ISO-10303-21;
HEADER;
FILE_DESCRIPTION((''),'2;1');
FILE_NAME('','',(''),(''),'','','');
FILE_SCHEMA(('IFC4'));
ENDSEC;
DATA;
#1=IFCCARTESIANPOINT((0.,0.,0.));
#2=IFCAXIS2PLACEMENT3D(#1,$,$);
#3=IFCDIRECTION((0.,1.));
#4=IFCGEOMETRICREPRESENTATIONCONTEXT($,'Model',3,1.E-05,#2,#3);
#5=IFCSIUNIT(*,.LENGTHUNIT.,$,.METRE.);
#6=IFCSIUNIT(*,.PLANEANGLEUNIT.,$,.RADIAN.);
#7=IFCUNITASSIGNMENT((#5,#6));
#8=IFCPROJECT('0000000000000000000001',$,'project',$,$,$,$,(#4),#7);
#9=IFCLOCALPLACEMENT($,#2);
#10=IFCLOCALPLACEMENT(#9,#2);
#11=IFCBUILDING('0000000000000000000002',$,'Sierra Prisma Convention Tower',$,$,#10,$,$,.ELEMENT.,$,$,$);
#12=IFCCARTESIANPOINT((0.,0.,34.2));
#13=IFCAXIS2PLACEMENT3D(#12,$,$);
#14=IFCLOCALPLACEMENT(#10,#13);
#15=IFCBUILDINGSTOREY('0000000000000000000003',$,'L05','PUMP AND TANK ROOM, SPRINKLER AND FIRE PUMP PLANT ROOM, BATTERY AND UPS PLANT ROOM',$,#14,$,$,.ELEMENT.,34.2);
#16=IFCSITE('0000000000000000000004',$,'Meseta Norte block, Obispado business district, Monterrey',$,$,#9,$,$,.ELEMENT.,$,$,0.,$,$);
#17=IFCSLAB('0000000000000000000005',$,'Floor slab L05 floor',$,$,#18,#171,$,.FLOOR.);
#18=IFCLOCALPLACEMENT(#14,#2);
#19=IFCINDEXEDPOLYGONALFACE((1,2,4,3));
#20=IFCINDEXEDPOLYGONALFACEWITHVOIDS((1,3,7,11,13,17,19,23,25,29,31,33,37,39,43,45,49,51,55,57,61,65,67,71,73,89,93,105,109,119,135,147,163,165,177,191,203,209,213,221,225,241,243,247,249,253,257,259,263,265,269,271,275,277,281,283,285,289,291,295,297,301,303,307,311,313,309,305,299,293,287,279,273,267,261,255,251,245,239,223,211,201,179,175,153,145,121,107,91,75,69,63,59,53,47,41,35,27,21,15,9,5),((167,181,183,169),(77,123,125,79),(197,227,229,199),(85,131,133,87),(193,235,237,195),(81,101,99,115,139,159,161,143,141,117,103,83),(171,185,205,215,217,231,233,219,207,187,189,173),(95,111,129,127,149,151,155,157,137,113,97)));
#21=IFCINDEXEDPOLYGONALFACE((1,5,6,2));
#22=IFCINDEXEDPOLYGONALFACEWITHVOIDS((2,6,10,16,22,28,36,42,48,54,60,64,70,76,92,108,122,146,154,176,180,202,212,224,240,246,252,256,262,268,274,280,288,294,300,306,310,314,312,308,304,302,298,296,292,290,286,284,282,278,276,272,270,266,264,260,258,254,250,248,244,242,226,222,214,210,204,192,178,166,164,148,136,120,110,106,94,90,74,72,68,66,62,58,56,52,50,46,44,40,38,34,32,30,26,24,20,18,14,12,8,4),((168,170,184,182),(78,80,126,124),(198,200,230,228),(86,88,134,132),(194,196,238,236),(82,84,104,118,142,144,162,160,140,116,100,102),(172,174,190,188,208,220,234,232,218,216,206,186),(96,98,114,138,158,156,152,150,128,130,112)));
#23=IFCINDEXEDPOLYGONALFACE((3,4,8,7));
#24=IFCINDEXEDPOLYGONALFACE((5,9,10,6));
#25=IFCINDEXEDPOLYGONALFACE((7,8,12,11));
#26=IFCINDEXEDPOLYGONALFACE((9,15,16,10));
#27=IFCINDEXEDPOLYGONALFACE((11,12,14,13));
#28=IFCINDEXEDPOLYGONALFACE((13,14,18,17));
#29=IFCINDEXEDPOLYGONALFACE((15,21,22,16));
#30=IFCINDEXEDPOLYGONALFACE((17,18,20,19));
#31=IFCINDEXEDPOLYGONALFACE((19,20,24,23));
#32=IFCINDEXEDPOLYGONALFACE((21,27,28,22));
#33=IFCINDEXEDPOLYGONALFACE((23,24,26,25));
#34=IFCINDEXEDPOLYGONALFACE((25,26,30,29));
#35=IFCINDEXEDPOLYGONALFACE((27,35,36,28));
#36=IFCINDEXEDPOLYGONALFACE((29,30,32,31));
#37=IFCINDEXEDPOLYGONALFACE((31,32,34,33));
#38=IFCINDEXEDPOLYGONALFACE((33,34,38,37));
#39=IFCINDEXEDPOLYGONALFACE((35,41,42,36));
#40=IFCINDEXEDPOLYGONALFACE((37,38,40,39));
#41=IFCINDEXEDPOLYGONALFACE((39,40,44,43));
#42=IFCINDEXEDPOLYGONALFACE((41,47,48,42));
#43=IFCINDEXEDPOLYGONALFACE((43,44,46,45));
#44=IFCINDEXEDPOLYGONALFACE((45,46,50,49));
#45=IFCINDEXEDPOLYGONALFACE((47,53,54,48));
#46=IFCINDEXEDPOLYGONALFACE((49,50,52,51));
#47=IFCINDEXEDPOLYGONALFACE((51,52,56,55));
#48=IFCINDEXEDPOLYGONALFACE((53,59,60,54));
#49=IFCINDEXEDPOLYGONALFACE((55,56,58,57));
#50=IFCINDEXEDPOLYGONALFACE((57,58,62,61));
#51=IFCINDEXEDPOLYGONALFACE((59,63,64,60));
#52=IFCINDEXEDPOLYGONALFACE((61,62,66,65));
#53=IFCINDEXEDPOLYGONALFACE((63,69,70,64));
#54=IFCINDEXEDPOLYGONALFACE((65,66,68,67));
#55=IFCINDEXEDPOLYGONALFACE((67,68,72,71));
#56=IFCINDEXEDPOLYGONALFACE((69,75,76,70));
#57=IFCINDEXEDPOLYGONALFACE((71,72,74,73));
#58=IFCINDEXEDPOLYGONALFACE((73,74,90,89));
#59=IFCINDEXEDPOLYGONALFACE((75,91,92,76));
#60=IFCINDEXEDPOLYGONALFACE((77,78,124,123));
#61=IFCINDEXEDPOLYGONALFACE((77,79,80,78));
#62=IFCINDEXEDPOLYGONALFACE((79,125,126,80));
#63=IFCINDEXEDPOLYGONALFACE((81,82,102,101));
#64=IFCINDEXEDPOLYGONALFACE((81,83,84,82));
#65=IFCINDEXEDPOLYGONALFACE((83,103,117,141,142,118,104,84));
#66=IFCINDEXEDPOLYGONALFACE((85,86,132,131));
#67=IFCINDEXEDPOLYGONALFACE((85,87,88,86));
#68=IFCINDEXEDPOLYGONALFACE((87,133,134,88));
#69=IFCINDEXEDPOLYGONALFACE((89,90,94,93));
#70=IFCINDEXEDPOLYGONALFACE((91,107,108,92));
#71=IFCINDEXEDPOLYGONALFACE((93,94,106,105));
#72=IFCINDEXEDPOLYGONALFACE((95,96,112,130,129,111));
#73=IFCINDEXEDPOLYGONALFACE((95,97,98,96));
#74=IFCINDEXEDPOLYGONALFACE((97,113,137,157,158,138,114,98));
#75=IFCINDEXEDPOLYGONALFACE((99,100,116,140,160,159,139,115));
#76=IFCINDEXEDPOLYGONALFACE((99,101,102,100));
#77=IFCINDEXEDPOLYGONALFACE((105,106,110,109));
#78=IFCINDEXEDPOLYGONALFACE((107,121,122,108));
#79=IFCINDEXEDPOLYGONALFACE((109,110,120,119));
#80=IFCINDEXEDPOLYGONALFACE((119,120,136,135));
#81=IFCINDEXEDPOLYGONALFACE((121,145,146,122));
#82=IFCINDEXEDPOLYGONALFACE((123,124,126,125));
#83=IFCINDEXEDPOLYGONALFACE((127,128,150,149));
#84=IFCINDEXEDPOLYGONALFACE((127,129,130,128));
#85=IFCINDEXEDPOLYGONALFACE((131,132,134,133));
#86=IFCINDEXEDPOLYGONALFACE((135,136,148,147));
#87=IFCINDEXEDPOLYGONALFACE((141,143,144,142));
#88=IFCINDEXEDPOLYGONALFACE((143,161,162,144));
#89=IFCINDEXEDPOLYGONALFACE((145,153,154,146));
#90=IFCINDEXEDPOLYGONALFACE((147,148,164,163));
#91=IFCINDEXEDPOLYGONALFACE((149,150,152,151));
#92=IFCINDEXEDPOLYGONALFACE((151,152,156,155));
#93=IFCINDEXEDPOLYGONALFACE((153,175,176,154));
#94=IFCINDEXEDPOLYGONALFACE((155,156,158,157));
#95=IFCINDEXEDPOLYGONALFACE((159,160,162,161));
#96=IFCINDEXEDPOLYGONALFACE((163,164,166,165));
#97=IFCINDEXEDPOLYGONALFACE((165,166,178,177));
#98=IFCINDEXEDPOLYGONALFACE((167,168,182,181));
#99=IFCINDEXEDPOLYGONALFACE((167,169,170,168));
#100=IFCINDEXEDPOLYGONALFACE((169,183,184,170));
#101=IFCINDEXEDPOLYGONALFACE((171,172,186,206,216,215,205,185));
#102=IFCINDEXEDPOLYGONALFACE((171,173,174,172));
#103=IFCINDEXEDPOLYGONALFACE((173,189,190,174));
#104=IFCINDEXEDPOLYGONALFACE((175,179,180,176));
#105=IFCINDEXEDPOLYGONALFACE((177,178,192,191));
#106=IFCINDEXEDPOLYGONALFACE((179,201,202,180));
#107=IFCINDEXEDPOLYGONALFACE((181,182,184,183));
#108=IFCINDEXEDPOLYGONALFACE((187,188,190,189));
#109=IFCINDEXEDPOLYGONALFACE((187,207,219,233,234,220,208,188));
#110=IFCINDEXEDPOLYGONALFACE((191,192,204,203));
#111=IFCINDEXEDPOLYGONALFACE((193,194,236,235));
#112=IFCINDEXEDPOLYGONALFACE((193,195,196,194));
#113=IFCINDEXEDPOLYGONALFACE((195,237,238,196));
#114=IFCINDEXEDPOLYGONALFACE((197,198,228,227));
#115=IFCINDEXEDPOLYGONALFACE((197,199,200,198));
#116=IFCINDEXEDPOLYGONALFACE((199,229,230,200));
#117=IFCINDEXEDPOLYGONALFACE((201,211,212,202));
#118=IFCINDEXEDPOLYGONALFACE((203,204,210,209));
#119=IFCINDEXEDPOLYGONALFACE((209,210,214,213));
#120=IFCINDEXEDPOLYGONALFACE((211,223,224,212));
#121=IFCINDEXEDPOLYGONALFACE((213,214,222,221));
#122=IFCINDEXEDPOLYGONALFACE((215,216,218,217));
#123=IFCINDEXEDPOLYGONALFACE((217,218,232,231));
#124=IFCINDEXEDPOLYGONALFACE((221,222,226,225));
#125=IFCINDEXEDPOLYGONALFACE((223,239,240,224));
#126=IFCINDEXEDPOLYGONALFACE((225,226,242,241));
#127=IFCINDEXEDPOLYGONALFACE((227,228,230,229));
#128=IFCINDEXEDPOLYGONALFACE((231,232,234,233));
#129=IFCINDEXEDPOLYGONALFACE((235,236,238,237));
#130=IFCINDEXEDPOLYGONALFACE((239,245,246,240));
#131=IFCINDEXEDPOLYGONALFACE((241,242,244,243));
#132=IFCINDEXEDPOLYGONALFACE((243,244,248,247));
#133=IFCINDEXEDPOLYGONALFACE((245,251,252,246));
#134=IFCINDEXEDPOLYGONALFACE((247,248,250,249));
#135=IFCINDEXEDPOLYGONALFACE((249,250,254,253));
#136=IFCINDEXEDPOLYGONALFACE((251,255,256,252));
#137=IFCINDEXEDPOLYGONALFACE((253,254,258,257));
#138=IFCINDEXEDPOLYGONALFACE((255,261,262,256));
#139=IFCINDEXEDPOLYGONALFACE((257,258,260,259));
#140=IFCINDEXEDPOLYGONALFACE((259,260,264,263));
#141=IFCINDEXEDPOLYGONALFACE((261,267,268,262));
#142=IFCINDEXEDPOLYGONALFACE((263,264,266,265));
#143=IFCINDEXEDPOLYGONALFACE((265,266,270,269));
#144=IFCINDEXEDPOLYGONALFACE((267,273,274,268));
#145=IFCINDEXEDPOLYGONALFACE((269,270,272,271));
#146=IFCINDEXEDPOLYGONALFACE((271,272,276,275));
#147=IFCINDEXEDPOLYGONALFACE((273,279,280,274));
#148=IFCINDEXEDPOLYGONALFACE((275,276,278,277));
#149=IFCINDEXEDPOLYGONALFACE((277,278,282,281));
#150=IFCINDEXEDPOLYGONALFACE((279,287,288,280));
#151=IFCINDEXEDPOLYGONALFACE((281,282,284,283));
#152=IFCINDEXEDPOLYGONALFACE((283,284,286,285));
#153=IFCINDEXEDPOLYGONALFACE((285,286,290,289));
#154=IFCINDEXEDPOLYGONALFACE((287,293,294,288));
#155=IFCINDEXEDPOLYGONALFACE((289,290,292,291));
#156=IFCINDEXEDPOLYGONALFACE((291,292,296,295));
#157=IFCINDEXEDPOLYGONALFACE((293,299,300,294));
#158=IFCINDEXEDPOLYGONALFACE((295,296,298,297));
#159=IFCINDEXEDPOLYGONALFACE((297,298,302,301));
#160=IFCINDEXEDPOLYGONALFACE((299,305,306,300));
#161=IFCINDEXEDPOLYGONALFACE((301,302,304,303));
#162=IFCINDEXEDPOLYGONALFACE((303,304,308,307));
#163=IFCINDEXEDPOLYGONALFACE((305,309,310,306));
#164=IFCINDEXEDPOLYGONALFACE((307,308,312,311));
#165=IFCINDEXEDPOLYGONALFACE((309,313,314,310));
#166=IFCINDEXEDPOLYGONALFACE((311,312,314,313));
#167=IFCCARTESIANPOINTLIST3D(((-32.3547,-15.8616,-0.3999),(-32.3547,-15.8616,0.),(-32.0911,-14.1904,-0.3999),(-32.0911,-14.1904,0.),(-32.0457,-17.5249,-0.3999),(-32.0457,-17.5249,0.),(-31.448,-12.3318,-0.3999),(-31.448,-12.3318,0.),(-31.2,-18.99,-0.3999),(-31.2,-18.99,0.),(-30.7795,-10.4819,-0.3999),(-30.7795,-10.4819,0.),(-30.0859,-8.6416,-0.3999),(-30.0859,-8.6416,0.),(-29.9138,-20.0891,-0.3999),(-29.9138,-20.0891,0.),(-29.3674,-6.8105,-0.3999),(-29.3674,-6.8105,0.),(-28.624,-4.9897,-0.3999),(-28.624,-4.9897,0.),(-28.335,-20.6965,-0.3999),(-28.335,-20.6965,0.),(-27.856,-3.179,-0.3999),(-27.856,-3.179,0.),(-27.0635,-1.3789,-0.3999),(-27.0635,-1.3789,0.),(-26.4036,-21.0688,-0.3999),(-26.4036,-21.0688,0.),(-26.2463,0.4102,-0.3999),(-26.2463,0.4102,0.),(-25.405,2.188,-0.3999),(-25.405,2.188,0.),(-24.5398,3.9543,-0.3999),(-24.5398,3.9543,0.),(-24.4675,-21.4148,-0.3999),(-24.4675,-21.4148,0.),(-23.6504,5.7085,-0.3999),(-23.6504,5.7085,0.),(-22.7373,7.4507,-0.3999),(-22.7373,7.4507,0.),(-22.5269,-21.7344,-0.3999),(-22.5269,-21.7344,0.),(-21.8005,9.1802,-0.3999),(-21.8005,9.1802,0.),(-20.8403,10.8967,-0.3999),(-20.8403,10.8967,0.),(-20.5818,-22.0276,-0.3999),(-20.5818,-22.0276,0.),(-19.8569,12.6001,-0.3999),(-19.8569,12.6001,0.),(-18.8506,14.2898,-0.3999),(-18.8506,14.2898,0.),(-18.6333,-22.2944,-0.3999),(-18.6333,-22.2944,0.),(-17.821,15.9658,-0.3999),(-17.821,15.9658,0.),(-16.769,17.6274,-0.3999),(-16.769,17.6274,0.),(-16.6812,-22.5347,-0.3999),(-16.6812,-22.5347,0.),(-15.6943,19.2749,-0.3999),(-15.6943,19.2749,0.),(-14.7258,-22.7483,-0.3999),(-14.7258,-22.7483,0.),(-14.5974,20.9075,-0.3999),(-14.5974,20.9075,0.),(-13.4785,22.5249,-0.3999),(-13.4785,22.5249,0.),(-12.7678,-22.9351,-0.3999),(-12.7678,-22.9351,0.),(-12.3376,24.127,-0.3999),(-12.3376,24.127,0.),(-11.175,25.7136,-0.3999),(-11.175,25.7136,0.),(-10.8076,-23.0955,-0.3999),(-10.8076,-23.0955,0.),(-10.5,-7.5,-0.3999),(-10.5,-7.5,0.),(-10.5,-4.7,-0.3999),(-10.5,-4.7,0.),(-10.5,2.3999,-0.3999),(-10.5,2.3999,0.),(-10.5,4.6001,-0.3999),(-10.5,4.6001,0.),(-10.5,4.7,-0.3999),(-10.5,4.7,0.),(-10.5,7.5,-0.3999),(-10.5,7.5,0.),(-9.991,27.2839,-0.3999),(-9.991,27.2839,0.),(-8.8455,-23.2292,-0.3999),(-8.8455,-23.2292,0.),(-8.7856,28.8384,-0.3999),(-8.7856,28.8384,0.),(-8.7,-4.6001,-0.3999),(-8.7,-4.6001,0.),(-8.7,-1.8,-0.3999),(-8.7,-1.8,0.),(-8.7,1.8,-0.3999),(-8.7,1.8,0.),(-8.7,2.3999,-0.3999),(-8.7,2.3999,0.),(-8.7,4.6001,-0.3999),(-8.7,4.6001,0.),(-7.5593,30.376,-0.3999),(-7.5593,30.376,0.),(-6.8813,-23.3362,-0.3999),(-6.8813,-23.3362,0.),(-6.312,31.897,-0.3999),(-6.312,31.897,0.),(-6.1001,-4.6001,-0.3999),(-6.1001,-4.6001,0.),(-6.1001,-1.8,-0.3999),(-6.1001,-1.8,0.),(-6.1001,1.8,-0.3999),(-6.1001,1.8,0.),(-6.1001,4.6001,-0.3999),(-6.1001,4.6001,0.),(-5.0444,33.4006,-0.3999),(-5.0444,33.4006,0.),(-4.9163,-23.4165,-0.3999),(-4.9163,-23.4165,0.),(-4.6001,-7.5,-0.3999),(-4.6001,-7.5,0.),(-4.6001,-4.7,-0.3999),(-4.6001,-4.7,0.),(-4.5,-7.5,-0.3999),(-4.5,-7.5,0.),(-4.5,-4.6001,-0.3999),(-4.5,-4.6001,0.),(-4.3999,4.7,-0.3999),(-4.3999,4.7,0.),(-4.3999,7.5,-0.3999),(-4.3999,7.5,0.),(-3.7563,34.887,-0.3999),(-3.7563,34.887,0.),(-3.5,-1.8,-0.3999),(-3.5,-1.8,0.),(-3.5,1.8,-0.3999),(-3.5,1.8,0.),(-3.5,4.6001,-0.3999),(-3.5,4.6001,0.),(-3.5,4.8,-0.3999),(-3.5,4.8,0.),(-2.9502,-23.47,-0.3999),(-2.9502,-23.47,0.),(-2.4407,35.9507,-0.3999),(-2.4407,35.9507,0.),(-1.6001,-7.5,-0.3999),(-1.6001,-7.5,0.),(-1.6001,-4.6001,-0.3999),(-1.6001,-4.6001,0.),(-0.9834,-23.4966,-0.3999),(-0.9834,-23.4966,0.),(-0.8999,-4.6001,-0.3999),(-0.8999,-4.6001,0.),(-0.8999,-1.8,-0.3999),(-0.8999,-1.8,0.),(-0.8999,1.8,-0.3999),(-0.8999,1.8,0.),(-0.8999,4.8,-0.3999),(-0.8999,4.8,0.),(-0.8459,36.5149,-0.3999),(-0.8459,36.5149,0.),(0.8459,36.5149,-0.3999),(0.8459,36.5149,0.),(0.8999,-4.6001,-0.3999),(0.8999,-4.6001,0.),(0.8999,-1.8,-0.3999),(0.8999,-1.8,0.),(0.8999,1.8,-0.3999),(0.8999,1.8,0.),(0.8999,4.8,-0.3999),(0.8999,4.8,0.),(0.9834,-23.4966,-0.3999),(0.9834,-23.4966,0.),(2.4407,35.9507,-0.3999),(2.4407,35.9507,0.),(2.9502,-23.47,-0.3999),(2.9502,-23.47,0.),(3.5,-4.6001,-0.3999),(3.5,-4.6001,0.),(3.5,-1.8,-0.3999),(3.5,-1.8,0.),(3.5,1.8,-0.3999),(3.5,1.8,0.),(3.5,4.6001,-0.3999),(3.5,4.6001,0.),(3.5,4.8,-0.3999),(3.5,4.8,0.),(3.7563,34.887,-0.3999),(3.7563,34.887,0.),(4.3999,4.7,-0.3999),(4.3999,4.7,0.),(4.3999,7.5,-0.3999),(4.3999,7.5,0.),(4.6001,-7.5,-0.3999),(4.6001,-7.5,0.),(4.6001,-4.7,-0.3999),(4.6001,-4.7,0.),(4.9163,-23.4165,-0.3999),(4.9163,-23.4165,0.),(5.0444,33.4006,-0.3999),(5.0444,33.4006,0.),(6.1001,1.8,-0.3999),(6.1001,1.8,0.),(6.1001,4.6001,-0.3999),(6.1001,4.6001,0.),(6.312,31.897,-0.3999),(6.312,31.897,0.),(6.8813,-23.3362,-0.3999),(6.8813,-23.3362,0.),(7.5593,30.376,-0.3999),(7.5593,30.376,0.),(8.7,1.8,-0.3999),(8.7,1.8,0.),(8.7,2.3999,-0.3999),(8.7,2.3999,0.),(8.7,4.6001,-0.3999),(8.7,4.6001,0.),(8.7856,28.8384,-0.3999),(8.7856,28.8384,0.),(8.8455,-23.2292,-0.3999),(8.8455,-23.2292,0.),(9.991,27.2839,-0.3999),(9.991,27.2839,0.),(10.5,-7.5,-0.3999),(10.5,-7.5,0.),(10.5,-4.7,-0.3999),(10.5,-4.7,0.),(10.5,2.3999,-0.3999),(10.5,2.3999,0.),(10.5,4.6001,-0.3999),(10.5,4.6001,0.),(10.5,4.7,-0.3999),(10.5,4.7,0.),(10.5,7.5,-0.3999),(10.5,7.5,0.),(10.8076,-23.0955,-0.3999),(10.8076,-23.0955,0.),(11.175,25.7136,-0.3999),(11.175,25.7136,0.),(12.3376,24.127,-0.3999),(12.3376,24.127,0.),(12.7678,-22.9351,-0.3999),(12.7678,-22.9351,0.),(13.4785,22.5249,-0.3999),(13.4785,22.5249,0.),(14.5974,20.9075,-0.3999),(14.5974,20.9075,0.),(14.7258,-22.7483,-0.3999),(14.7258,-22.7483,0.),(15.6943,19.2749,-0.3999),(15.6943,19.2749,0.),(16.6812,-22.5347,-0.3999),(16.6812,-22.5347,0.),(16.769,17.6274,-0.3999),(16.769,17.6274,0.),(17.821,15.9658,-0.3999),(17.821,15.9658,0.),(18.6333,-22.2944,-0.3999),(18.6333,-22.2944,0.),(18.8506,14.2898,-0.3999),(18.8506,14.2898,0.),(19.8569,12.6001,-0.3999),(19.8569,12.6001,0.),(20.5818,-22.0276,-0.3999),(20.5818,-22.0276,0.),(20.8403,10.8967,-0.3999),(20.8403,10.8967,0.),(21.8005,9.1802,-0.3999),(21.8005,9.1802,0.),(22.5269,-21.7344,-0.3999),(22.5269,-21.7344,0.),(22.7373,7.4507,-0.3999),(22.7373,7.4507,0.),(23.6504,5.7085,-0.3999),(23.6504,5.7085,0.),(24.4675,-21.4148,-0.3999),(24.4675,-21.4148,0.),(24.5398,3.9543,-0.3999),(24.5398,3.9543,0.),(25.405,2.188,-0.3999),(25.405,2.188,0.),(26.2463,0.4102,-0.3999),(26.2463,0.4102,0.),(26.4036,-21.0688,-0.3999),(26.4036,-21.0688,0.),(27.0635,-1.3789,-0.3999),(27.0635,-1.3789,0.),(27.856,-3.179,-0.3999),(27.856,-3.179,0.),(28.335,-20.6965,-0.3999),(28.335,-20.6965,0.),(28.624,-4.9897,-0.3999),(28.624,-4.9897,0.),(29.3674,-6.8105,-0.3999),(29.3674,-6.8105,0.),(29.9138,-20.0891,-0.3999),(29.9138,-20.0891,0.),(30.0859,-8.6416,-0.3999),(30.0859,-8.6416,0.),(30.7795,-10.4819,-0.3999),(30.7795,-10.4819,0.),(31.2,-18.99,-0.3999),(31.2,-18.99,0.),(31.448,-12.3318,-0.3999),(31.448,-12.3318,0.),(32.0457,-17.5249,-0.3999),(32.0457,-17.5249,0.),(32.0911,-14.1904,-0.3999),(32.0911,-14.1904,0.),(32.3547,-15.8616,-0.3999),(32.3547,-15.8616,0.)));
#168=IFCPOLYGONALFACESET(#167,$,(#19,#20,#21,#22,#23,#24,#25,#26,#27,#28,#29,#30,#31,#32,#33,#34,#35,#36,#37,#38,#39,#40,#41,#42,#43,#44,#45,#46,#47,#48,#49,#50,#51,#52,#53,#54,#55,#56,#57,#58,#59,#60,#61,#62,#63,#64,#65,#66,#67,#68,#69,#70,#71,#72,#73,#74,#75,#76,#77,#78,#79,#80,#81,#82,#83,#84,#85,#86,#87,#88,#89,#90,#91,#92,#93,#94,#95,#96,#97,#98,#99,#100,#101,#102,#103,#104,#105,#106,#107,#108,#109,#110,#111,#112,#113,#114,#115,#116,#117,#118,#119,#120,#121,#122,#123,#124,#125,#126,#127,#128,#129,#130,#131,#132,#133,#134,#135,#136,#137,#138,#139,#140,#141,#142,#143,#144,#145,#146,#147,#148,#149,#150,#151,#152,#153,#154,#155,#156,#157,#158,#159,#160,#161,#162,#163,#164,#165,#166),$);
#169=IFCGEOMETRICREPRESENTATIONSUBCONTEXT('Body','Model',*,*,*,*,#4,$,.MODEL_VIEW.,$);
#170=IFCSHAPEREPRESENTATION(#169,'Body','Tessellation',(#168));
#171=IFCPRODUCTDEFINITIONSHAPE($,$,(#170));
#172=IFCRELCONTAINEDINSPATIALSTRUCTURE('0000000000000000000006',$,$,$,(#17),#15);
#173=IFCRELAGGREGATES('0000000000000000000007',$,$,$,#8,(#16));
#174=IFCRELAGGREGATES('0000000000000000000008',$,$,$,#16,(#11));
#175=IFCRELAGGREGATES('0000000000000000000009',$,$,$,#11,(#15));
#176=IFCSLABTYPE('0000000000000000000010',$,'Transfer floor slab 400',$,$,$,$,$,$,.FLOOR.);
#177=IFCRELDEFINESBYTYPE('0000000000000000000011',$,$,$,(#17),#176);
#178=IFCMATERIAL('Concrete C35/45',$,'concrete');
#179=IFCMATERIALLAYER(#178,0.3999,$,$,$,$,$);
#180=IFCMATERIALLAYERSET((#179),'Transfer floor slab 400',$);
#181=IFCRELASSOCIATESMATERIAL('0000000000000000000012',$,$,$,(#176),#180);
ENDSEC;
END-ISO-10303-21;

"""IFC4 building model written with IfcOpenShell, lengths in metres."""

from ifc_helpers import new_model, si_unit, direction, frame, origin, place, context, subcontext, project, spatial, polyline, outline, extrude, material, layer, layer_set, type_object, element, save


model = new_model("IFC4")

# Units and contexts
model_context = context("Model", 3, precision=1e-05, world=origin(), true_north=direction((0.0, 1.0)))
body_context = subcontext(model_context, "Body", "Model", "MODEL_VIEW")
ifc_project = project(units=[si_unit("LENGTHUNIT", "METRE"), si_unit("PLANEANGLEUNIT", "RADIAN")], contexts=[model_context])

# Site, building, storey
site_placement = place(None, origin())
site = spatial("IfcSite", under=ifc_project, at=site_placement, Name="Meseta Norte block, Obispado business district, Monterrey", CompositionType="ELEMENT", RefElevation=0.0)
building_placement = place(site_placement, origin())
building = spatial("IfcBuilding", under=site, at=building_placement, Name="Sierra Prisma Convention Tower", CompositionType="ELEMENT")
storey_placement = place(building_placement, frame((0.0, 0.0, 34.2)))
storey = spatial("IfcBuildingStorey", under=building, at=storey_placement, Name="L05", Description="PUMP AND TANK ROOM, SPRINKLER AND FIRE PUMP PLANT ROOM, BATTERY AND UPS PLANT ROOM", CompositionType="ELEMENT", Elevation=34.2)

# Slab
ifc_material_1 = material(Name="Concrete C35/45", Category="concrete")
ifc_layer_1 = layer(ifc_material_1, 0.3999)
ifc_layer_set_1 = layer_set([ifc_layer_1], Name="Transfer floor slab 400")
slab_type_1 = type_object("IfcSlabType", Name="Transfer floor slab 400", PredefinedType="FLOOR", material=ifc_layer_set_1)
slab_1_placement = place(storey_placement, frame((0.0, 0.0, -0.3999)))
element("IfcSlab", 1, at=slab_1_placement, inside=storey, type_object=slab_type_1, Name="Floor slab L05 floor", PredefinedType="FLOOR", context=body_context, shape_type="SweptSolid", body=[
    extrude(outline(polyline([(-28.335, -20.6965), (-26.4036, -21.0688), (-24.4675, -21.4148), (-22.5269, -21.7344), (-20.5818, -22.0276), (-18.6333, -22.2944), (-16.6812, -22.5347), (-14.7258, -22.7483), (-12.7678, -22.9351), (-10.8076, -23.0955), (-8.8455, -23.2292), (-6.8813, -23.3362), (-4.9163, -23.4165), (-2.9502, -23.47), (-0.9834, -23.4966), (0.9834, -23.4966), (2.9502, -23.47), (4.9163, -23.4165), (6.8813, -23.3362), (8.8455, -23.2292), (10.8076, -23.0955), (12.7678, -22.9351), (14.7258, -22.7483), (16.6812, -22.5347), (18.6333, -22.2944), (20.5818, -22.0276), (22.5269, -21.7344), (24.4675, -21.4148), (26.4036, -21.0688), (28.335, -20.6965), (29.9138, -20.0891), (31.2, -18.99), (32.0457, -17.5249), (32.3547, -15.8616), (32.0911, -14.1904), (31.448, -12.3318), (30.7795, -10.4819), (30.0859, -8.6416), (29.3674, -6.8105), (28.624, -4.9897), (27.856, -3.179), (27.0635, -1.3789), (26.2463, 0.4102), (25.405, 2.188), (24.5398, 3.9543), (23.6504, 5.7085), (22.7373, 7.4507), (21.8005, 9.1802), (20.8403, 10.8967), (19.8569, 12.6001), (18.8506, 14.2898), (17.821, 15.9658), (16.769, 17.6274), (15.6943, 19.2749), (14.5974, 20.9075), (13.4785, 22.5249), (12.3376, 24.127), (11.175, 25.7136), (9.991, 27.2839), (8.7856, 28.8384), (7.5593, 30.376), (6.312, 31.897), (5.0444, 33.4006), (3.7563, 34.887), (2.4407, 35.9507), (0.8459, 36.5149), (-0.8459, 36.5149), (-2.4407, 35.9507), (-3.7563, 34.887), (-5.0444, 33.4006), (-6.312, 31.897), (-7.5593, 30.376), (-8.7856, 28.8384), (-9.991, 27.2839), (-11.175, 25.7136), (-12.3376, 24.127), (-13.4785, 22.5249), (-14.5974, 20.9075), (-15.6943, 19.2749), (-16.769, 17.6274), (-17.821, 15.9658), (-18.8506, 14.2898), (-19.8569, 12.6001), (-20.8403, 10.8967), (-21.8005, 9.1802), (-22.7373, 7.4507), (-23.6504, 5.7085), (-24.5398, 3.9543), (-25.405, 2.188), (-26.2463, 0.4102), (-27.0635, -1.3789), (-27.856, -3.179), (-28.624, -4.9897), (-29.3674, -6.8105), (-30.0859, -8.6416), (-30.7795, -10.4819), (-31.448, -12.3318), (-32.0911, -14.1904), (-32.3547, -15.8616), (-32.0457, -17.5249), (-31.2, -18.99), (-29.9138, -20.0891), (-28.335, -20.6965)]), holes=[polyline([(-4.6001, -7.5), (-10.5, -7.5), (-10.5, -4.7), (-4.6001, -4.7), (-4.6001, -7.5)]), polyline([(-8.7, -4.6001), (-8.7, -1.8), (-6.1001, -1.8), (-3.5, -1.8), (-0.8999, -1.8), (-0.8999, -4.6001), (-1.6001, -4.6001), (-1.6001, -7.5), (-4.5, -7.5), (-4.5, -4.6001), (-6.1001, -4.6001), (-8.7, -4.6001)]), polyline([(-10.5, 4.6001), (-8.7, 4.6001), (-6.1001, 4.6001), (-3.5, 4.6001), (-3.5, 4.8), (-0.8999, 4.8), (-0.8999, 1.8), (-3.5, 1.8), (-6.1001, 1.8), (-8.7, 1.8), (-8.7, 2.3999), (-10.5, 2.3999), (-10.5, 4.6001)]), polyline([(-4.3999, 4.7), (-10.5, 4.7), (-10.5, 7.5), (-4.3999, 7.5), (-4.3999, 4.7)]), polyline([(10.5, -7.5), (4.6001, -7.5), (4.6001, -4.7), (10.5, -4.7), (10.5, -7.5)]), polyline([(3.5, -4.6001), (0.8999, -4.6001), (0.8999, -1.8), (3.5, -1.8), (3.5, -4.6001)]), polyline([(10.5, 4.6001), (10.5, 2.3999), (8.7, 2.3999), (8.7, 1.8), (6.1001, 1.8), (3.5, 1.8), (0.8999, 1.8), (0.8999, 4.8), (3.5, 4.8), (3.5, 4.6001), (6.1001, 4.6001), (8.7, 4.6001), (10.5, 4.6001)]), polyline([(4.3999, 4.7), (4.3999, 7.5), (10.5, 7.5), (10.5, 4.7), (4.3999, 4.7)])]), origin(), (0.0, 0.0, 1.0), 0.3999),
])

save(model, "model.ifc")
